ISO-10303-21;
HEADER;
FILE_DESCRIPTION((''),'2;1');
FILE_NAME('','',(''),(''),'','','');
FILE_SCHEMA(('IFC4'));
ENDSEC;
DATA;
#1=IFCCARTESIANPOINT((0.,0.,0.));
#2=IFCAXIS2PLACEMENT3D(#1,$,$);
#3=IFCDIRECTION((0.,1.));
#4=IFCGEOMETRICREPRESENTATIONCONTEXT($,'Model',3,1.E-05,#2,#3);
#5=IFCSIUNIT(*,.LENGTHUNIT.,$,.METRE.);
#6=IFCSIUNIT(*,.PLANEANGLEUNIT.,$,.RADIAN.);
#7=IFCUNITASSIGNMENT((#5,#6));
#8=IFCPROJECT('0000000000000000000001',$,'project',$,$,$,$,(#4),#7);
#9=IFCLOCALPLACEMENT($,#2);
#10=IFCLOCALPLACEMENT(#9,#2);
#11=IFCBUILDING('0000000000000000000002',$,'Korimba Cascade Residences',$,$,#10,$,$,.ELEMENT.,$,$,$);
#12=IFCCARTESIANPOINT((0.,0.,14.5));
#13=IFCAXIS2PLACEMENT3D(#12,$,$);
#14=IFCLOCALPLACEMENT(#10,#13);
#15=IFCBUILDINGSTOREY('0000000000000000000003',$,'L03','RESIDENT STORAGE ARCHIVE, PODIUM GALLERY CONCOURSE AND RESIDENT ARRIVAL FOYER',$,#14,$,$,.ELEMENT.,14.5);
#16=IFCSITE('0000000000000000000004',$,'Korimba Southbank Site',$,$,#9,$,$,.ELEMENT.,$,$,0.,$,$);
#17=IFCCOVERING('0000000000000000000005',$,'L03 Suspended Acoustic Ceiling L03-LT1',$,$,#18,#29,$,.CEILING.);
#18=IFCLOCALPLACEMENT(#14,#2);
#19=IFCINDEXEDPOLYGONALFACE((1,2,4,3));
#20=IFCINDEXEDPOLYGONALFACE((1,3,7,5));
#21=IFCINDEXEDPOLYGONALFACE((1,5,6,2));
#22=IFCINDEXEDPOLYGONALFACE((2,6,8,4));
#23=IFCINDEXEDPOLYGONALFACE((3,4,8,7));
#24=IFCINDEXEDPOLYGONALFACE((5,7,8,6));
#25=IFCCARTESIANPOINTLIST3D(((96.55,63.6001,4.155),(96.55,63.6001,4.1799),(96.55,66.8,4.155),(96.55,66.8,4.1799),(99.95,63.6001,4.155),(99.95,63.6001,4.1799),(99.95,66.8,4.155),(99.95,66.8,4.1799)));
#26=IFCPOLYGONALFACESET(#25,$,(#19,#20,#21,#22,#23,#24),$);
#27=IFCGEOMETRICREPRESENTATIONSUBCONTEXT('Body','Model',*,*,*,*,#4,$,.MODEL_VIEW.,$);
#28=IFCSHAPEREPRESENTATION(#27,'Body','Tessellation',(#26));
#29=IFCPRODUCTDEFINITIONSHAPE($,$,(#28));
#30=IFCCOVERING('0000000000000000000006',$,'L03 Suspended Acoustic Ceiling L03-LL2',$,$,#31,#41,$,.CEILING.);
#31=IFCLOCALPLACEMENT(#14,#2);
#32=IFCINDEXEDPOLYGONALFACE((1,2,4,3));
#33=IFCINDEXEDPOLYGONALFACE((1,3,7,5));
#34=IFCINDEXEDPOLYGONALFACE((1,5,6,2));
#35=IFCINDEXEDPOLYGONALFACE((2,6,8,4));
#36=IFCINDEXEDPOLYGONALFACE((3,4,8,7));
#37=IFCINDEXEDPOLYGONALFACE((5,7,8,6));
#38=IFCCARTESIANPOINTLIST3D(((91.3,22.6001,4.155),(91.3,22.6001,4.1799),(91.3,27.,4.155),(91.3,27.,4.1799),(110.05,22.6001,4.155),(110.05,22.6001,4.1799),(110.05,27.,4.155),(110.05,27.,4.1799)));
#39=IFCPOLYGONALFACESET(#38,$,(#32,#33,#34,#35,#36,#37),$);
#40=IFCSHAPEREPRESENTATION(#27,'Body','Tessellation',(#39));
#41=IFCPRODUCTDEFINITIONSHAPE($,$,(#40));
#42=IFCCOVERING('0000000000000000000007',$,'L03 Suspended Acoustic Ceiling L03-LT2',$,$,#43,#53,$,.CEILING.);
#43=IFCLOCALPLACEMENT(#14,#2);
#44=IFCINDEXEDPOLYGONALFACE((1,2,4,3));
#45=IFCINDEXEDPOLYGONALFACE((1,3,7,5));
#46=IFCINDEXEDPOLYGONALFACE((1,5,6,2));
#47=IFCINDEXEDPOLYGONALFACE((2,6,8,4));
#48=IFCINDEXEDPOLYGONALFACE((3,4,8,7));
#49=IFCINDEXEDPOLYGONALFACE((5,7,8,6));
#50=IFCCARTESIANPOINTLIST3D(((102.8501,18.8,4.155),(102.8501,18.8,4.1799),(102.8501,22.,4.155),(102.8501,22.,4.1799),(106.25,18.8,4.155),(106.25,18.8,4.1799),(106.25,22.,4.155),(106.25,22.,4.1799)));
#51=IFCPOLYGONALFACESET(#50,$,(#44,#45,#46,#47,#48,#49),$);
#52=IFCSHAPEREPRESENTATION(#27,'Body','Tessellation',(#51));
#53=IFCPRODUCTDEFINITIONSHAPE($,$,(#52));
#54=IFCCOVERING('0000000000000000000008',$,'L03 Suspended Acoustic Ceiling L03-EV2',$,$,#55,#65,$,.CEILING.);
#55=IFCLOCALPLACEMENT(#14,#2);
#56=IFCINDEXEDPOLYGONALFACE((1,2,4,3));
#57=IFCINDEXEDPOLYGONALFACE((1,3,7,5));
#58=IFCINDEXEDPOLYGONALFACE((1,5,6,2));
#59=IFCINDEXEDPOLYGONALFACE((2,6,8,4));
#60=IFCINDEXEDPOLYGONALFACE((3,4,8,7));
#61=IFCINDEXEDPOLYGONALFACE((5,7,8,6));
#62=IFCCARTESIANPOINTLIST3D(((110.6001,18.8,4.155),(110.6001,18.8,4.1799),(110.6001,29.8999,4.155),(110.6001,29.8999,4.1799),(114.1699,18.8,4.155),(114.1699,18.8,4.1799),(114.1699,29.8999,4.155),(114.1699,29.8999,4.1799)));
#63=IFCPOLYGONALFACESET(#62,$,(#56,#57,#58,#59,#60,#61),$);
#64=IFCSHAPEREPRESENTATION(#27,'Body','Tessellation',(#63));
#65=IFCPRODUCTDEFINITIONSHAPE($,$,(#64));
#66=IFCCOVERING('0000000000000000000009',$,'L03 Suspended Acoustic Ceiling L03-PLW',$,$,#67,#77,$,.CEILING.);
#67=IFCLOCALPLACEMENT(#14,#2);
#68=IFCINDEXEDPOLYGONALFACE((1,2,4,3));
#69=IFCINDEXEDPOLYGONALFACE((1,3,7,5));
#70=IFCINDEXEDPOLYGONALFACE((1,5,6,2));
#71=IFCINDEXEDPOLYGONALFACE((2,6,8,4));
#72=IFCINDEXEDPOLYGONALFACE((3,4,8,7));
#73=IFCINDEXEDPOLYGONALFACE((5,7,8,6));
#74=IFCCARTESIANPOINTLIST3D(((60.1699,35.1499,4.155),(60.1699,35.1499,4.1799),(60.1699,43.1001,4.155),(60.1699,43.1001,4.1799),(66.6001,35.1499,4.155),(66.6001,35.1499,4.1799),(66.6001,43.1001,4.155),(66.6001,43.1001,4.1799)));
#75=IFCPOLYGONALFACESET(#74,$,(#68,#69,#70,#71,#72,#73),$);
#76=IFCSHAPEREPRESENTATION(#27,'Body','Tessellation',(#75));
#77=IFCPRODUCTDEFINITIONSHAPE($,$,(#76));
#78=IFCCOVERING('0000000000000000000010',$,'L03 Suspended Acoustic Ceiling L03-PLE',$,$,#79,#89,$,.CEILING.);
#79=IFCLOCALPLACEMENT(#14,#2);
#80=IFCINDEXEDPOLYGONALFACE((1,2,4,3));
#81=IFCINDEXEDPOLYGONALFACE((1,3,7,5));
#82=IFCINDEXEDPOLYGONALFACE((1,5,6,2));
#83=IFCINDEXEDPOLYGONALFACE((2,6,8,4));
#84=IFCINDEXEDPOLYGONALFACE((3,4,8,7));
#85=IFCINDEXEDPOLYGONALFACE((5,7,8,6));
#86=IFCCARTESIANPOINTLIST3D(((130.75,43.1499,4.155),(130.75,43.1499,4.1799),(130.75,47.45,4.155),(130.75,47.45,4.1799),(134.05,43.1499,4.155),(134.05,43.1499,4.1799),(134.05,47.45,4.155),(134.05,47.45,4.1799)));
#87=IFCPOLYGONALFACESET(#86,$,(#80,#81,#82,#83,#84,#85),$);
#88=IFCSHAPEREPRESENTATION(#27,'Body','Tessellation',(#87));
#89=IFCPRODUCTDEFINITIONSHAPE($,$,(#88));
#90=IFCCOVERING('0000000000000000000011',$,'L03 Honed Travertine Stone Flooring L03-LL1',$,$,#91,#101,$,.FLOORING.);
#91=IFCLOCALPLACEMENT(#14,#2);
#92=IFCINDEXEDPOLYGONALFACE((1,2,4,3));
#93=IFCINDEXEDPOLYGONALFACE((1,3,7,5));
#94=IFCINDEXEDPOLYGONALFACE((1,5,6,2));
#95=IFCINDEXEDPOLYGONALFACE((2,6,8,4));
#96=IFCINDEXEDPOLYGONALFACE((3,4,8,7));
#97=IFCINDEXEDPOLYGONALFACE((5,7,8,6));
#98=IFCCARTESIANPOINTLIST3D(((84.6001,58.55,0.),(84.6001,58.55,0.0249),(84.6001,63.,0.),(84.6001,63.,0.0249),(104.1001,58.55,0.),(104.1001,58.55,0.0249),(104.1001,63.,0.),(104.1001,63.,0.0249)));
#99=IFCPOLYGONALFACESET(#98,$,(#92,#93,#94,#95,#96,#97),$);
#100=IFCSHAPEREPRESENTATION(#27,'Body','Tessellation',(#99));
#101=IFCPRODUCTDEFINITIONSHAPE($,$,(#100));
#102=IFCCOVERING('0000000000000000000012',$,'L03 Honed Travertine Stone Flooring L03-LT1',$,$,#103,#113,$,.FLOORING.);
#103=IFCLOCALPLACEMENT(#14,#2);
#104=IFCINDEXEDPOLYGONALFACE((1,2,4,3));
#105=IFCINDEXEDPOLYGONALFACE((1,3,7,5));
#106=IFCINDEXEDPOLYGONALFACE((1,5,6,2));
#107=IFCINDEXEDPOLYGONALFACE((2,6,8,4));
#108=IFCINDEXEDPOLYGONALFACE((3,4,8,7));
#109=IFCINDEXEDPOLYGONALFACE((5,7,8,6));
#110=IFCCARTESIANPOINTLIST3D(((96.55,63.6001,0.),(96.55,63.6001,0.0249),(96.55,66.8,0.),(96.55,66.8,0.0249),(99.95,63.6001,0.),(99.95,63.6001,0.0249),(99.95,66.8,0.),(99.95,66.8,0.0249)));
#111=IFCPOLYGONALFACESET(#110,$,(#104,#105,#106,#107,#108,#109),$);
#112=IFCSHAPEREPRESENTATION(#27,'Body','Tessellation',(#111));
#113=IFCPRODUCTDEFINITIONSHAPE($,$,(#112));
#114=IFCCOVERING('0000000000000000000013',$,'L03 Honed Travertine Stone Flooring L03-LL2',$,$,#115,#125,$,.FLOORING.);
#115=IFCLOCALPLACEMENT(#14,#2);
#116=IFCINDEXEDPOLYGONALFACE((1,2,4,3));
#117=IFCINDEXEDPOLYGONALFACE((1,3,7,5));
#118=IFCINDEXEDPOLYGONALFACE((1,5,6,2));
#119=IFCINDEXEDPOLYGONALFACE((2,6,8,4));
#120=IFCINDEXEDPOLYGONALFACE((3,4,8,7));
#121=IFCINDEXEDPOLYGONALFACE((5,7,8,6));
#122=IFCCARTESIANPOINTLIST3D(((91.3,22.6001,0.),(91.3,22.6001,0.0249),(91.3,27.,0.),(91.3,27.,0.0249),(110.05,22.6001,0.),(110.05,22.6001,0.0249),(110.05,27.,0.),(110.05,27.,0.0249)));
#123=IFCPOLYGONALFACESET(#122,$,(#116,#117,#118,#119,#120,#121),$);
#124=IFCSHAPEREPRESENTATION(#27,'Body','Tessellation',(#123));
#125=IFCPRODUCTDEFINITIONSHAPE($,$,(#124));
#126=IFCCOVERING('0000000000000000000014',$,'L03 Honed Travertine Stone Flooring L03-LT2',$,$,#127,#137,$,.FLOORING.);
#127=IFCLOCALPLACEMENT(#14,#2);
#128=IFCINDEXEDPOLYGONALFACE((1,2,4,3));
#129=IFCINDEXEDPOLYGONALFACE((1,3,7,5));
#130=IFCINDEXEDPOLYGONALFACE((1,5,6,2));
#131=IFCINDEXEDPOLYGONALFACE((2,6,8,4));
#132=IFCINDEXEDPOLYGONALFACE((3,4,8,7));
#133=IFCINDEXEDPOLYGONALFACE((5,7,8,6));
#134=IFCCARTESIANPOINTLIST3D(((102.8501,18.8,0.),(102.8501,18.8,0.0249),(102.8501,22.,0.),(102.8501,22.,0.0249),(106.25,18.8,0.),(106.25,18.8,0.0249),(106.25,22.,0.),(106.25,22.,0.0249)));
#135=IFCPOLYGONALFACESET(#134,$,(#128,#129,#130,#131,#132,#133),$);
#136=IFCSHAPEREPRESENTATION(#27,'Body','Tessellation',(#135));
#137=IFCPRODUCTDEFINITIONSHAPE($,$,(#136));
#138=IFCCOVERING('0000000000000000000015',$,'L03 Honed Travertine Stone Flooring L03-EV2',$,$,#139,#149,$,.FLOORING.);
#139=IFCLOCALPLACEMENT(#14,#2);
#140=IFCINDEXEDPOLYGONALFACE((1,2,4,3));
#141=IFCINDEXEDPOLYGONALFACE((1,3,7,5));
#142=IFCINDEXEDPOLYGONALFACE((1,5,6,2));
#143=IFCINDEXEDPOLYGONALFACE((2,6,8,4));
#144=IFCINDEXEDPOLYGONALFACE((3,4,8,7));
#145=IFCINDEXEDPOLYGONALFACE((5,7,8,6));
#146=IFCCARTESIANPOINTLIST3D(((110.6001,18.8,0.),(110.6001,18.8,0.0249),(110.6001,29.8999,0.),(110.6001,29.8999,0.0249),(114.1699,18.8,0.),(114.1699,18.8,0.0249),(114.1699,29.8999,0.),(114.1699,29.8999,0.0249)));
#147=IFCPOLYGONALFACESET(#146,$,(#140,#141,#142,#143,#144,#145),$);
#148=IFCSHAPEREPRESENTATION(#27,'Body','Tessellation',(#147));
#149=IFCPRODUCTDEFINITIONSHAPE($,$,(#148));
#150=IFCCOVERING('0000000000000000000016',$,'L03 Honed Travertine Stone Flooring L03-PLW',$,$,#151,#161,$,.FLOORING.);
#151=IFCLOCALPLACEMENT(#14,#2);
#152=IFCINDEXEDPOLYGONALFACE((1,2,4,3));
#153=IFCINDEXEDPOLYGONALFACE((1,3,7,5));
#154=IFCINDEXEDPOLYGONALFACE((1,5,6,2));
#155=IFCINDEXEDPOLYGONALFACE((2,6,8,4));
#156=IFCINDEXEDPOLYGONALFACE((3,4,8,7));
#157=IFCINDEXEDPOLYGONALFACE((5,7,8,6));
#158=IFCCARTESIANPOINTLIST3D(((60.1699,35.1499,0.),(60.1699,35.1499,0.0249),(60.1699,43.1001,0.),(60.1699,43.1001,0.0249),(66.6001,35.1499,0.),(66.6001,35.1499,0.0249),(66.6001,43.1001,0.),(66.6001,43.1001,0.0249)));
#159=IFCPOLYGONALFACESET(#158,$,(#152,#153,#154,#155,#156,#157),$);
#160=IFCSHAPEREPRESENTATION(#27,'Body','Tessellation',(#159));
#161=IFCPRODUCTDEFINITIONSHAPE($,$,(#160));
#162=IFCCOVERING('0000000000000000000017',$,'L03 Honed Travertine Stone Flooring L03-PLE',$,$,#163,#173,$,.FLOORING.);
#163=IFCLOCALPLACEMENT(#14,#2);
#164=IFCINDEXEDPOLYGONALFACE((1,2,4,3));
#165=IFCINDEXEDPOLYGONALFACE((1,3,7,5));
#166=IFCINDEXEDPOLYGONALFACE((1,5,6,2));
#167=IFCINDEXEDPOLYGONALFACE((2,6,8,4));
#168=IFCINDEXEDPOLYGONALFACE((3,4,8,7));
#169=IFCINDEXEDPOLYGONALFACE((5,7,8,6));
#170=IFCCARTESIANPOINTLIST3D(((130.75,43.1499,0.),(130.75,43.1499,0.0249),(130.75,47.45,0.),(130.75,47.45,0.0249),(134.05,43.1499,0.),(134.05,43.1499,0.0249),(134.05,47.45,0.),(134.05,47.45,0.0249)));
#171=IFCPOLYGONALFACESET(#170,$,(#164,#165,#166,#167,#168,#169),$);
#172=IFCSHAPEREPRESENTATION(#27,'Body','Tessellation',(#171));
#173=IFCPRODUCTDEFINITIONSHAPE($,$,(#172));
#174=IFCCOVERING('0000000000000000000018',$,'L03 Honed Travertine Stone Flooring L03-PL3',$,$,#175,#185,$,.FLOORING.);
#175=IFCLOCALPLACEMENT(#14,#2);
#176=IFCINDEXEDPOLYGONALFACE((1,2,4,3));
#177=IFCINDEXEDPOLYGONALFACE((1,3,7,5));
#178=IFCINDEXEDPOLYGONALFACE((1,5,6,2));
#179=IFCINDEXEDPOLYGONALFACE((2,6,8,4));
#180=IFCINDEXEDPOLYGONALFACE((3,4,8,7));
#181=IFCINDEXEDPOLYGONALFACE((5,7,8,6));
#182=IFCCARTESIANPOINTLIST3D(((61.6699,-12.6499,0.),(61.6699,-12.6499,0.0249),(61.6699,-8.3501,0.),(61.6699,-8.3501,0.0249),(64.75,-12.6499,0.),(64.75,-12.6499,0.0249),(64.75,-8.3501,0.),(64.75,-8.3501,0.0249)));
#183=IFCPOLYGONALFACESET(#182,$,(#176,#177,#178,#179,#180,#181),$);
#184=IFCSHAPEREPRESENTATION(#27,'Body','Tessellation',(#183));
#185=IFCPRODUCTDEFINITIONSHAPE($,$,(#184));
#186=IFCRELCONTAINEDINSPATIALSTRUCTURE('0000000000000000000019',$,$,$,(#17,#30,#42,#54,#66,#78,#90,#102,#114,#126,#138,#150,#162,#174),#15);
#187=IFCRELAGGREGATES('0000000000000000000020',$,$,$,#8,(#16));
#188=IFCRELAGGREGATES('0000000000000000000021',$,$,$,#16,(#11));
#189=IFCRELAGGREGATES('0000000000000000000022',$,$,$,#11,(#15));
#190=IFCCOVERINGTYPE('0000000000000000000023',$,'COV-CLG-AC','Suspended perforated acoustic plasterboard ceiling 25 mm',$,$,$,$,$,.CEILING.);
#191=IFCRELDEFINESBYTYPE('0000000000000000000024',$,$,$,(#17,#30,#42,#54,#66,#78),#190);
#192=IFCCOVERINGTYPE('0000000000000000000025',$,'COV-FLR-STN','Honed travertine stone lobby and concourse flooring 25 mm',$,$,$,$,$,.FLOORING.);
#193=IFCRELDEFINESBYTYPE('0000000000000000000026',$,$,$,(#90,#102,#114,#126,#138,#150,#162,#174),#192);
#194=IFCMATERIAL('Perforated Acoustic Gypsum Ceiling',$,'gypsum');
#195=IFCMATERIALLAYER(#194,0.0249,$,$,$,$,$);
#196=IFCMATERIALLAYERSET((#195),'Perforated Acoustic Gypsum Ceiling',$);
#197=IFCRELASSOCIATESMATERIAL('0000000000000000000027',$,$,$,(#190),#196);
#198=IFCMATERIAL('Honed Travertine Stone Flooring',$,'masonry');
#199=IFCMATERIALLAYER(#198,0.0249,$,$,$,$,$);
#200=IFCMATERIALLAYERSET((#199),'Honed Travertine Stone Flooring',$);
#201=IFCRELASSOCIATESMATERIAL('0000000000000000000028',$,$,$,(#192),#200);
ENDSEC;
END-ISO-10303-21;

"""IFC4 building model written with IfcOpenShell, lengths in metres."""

from ifc_helpers import new_model, si_unit, direction, frame, origin, place, context, subcontext, project, spatial, polyline, outline, extrude, material, layer, layer_set, type_object, element, save


model = new_model("IFC4")

# Units and contexts
model_context = context("Model", 3, precision=1e-05, world=origin(), true_north=direction((0.0, 1.0)))
body_context = subcontext(model_context, "Body", "Model", "MODEL_VIEW")
ifc_project = project(units=[si_unit("LENGTHUNIT", "METRE"), si_unit("PLANEANGLEUNIT", "RADIAN")], contexts=[model_context])

# Site, building, storey
site_placement = place(None, origin())
site = spatial("IfcSite", under=ifc_project, at=site_placement, Name="Korimba Southbank Site", CompositionType="ELEMENT", RefElevation=0.0)
building_placement = place(site_placement, origin())
building = spatial("IfcBuilding", under=site, at=building_placement, Name="Korimba Cascade Residences", CompositionType="ELEMENT")
storey_placement = place(building_placement, frame((0.0, 0.0, 14.5)))
storey = spatial("IfcBuildingStorey", under=building, at=storey_placement, Name="L03", Description="RESIDENT STORAGE ARCHIVE, PODIUM GALLERY CONCOURSE AND RESIDENT ARRIVAL FOYER", CompositionType="ELEMENT", Elevation=14.5)

# Coverings
ifc_material_1 = material(Name="Perforated Acoustic Gypsum Ceiling", Category="gypsum")
ifc_layer_1 = layer(ifc_material_1, 0.0249)
ifc_layer_set_1 = layer_set([ifc_layer_1], Name="Perforated Acoustic Gypsum Ceiling")
covering_type_1 = type_object("IfcCoveringType", Name="COV-CLG-AC", Description="Suspended perforated acoustic plasterboard ceiling 25 mm", PredefinedType="CEILING", material=ifc_layer_set_1)
covering_1_placement = place(storey_placement, frame((0.0, 0.0, 4.155)))
element("IfcCovering", 1, at=covering_1_placement, inside=storey, type_object=covering_type_1, Name="L03 Suspended Acoustic Ceiling L03-LT1", PredefinedType="CEILING", context=body_context, shape_type="SweptSolid", body=[
    extrude(outline(polyline([(96.55, 63.6001), (99.95, 63.6001), (99.95, 66.8), (96.55, 66.8), (96.55, 63.6001)])), origin(), (0.0, 0.0, 1.0), 0.0249),
])
covering_2_placement = place(storey_placement, frame((0.0, 0.0, 4.155)))
element("IfcCovering", 2, at=covering_2_placement, inside=storey, type_object=covering_type_1, Name="L03 Suspended Acoustic Ceiling L03-LL2", PredefinedType="CEILING", context=body_context, shape_type="SweptSolid", body=[
    extrude(outline(polyline([(91.3, 22.6001), (110.05, 22.6001), (110.05, 27.0), (91.3, 27.0), (91.3, 22.6001)])), origin(), (0.0, 0.0, 1.0), 0.0249),
])
covering_3_placement = place(storey_placement, frame((0.0, 0.0, 4.155)))
element("IfcCovering", 3, at=covering_3_placement, inside=storey, type_object=covering_type_1, Name="L03 Suspended Acoustic Ceiling L03-LT2", PredefinedType="CEILING", context=body_context, shape_type="SweptSolid", body=[
    extrude(outline(polyline([(102.8501, 18.8), (106.25, 18.8), (106.25, 22.0), (102.8501, 22.0), (102.8501, 18.8)])), origin(), (0.0, 0.0, 1.0), 0.0249),
])
covering_4_placement = place(storey_placement, frame((0.0, 0.0, 4.155)))
element("IfcCovering", 4, at=covering_4_placement, inside=storey, type_object=covering_type_1, Name="L03 Suspended Acoustic Ceiling L03-EV2", PredefinedType="CEILING", context=body_context, shape_type="SweptSolid", body=[
    extrude(outline(polyline([(110.6001, 18.8), (114.1699, 18.8), (114.1699, 29.8999), (110.6001, 29.8999), (110.6001, 18.8)])), origin(), (0.0, 0.0, 1.0), 0.0249),
])
covering_5_placement = place(storey_placement, frame((0.0, 0.0, 4.155)))
element("IfcCovering", 5, at=covering_5_placement, inside=storey, type_object=covering_type_1, Name="L03 Suspended Acoustic Ceiling L03-PLW", PredefinedType="CEILING", context=body_context, shape_type="SweptSolid", body=[
    extrude(outline(polyline([(60.1699, 35.1499), (66.6001, 35.1499), (66.6001, 43.1001), (60.1699, 43.1001), (60.1699, 35.1499)])), origin(), (0.0, 0.0, 1.0), 0.0249),
])
covering_6_placement = place(storey_placement, frame((0.0, 0.0, 4.155)))
element("IfcCovering", 6, at=covering_6_placement, inside=storey, type_object=covering_type_1, Name="L03 Suspended Acoustic Ceiling L03-PLE", PredefinedType="CEILING", context=body_context, shape_type="SweptSolid", body=[
    extrude(outline(polyline([(130.75, 43.1499), (134.05, 43.1499), (134.05, 47.45), (130.75, 47.45), (130.75, 43.1499)])), origin(), (0.0, 0.0, 1.0), 0.0249),
])
ifc_material_2 = material(Name="Honed Travertine Stone Flooring", Category="masonry")
ifc_layer_2 = layer(ifc_material_2, 0.0249)
ifc_layer_set_2 = layer_set([ifc_layer_2], Name="Honed Travertine Stone Flooring")
covering_type_2 = type_object("IfcCoveringType", Name="COV-FLR-STN", Description="Honed travertine stone lobby and concourse flooring 25 mm", PredefinedType="FLOORING", material=ifc_layer_set_2)
covering_7_placement = place(storey_placement, origin())
element("IfcCovering", 7, at=covering_7_placement, inside=storey, type_object=covering_type_2, Name="L03 Honed Travertine Stone Flooring L03-LL1", PredefinedType="FLOORING", context=body_context, shape_type="SweptSolid", body=[
    extrude(outline(polyline([(84.6001, 58.55), (104.1001, 58.55), (104.1001, 63.0), (84.6001, 63.0), (84.6001, 58.55)])), origin(), (0.0, 0.0, 1.0), 0.0249),
])
covering_8_placement = place(storey_placement, origin())
element("IfcCovering", 8, at=covering_8_placement, inside=storey, type_object=covering_type_2, Name="L03 Honed Travertine Stone Flooring L03-LT1", PredefinedType="FLOORING", context=body_context, shape_type="SweptSolid", body=[
    extrude(outline(polyline([(96.55, 63.6001), (99.95, 63.6001), (99.95, 66.8), (96.55, 66.8), (96.55, 63.6001)])), origin(), (0.0, 0.0, 1.0), 0.0249),
])
covering_9_placement = place(storey_placement, origin())
element("IfcCovering", 9, at=covering_9_placement, inside=storey, type_object=covering_type_2, Name="L03 Honed Travertine Stone Flooring L03-LL2", PredefinedType="FLOORING", context=body_context, shape_type="SweptSolid", body=[
    extrude(outline(polyline([(91.3, 22.6001), (110.05, 22.6001), (110.05, 27.0), (91.3, 27.0), (91.3, 22.6001)])), origin(), (0.0, 0.0, 1.0), 0.0249),
])
covering_10_placement = place(storey_placement, origin())
element("IfcCovering", 10, at=covering_10_placement, inside=storey, type_object=covering_type_2, Name="L03 Honed Travertine Stone Flooring L03-LT2", PredefinedType="FLOORING", context=body_context, shape_type="SweptSolid", body=[
    extrude(outline(polyline([(102.8501, 18.8), (106.25, 18.8), (106.25, 22.0), (102.8501, 22.0), (102.8501, 18.8)])), origin(), (0.0, 0.0, 1.0), 0.0249),
])
covering_11_placement = place(storey_placement, origin())
element("IfcCovering", 11, at=covering_11_placement, inside=storey, type_object=covering_type_2, Name="L03 Honed Travertine Stone Flooring L03-EV2", PredefinedType="FLOORING", context=body_context, shape_type="SweptSolid", body=[
    extrude(outline(polyline([(110.6001, 18.8), (114.1699, 18.8), (114.1699, 29.8999), (110.6001, 29.8999), (110.6001, 18.8)])), origin(), (0.0, 0.0, 1.0), 0.0249),
])
covering_12_placement = place(storey_placement, origin())
element("IfcCovering", 12, at=covering_12_placement, inside=storey, type_object=covering_type_2, Name="L03 Honed Travertine Stone Flooring L03-PLW", PredefinedType="FLOORING", context=body_context, shape_type="SweptSolid", body=[
    extrude(outline(polyline([(60.1699, 35.1499), (66.6001, 35.1499), (66.6001, 43.1001), (60.1699, 43.1001), (60.1699, 35.1499)])), origin(), (0.0, 0.0, 1.0), 0.0249),
])
covering_13_placement = place(storey_placement, origin())
element("IfcCovering", 13, at=covering_13_placement, inside=storey, type_object=covering_type_2, Name="L03 Honed Travertine Stone Flooring L03-PLE", PredefinedType="FLOORING", context=body_context, shape_type="SweptSolid", body=[
    extrude(outline(polyline([(130.75, 43.1499), (134.05, 43.1499), (134.05, 47.45), (130.75, 47.45), (130.75, 43.1499)])), origin(), (0.0, 0.0, 1.0), 0.0249),
])
covering_14_placement = place(storey_placement, origin())
element("IfcCovering", 14, at=covering_14_placement, inside=storey, type_object=covering_type_2, Name="L03 Honed Travertine Stone Flooring L03-PL3", PredefinedType="FLOORING", context=body_context, shape_type="SweptSolid", body=[
    extrude(outline(polyline([(61.6699, -12.6499), (64.75, -12.6499), (64.75, -8.3501), (61.6699, -8.3501), (61.6699, -12.6499)])), origin(), (0.0, 0.0, 1.0), 0.0249),
])

save(model, "model.ifc")
